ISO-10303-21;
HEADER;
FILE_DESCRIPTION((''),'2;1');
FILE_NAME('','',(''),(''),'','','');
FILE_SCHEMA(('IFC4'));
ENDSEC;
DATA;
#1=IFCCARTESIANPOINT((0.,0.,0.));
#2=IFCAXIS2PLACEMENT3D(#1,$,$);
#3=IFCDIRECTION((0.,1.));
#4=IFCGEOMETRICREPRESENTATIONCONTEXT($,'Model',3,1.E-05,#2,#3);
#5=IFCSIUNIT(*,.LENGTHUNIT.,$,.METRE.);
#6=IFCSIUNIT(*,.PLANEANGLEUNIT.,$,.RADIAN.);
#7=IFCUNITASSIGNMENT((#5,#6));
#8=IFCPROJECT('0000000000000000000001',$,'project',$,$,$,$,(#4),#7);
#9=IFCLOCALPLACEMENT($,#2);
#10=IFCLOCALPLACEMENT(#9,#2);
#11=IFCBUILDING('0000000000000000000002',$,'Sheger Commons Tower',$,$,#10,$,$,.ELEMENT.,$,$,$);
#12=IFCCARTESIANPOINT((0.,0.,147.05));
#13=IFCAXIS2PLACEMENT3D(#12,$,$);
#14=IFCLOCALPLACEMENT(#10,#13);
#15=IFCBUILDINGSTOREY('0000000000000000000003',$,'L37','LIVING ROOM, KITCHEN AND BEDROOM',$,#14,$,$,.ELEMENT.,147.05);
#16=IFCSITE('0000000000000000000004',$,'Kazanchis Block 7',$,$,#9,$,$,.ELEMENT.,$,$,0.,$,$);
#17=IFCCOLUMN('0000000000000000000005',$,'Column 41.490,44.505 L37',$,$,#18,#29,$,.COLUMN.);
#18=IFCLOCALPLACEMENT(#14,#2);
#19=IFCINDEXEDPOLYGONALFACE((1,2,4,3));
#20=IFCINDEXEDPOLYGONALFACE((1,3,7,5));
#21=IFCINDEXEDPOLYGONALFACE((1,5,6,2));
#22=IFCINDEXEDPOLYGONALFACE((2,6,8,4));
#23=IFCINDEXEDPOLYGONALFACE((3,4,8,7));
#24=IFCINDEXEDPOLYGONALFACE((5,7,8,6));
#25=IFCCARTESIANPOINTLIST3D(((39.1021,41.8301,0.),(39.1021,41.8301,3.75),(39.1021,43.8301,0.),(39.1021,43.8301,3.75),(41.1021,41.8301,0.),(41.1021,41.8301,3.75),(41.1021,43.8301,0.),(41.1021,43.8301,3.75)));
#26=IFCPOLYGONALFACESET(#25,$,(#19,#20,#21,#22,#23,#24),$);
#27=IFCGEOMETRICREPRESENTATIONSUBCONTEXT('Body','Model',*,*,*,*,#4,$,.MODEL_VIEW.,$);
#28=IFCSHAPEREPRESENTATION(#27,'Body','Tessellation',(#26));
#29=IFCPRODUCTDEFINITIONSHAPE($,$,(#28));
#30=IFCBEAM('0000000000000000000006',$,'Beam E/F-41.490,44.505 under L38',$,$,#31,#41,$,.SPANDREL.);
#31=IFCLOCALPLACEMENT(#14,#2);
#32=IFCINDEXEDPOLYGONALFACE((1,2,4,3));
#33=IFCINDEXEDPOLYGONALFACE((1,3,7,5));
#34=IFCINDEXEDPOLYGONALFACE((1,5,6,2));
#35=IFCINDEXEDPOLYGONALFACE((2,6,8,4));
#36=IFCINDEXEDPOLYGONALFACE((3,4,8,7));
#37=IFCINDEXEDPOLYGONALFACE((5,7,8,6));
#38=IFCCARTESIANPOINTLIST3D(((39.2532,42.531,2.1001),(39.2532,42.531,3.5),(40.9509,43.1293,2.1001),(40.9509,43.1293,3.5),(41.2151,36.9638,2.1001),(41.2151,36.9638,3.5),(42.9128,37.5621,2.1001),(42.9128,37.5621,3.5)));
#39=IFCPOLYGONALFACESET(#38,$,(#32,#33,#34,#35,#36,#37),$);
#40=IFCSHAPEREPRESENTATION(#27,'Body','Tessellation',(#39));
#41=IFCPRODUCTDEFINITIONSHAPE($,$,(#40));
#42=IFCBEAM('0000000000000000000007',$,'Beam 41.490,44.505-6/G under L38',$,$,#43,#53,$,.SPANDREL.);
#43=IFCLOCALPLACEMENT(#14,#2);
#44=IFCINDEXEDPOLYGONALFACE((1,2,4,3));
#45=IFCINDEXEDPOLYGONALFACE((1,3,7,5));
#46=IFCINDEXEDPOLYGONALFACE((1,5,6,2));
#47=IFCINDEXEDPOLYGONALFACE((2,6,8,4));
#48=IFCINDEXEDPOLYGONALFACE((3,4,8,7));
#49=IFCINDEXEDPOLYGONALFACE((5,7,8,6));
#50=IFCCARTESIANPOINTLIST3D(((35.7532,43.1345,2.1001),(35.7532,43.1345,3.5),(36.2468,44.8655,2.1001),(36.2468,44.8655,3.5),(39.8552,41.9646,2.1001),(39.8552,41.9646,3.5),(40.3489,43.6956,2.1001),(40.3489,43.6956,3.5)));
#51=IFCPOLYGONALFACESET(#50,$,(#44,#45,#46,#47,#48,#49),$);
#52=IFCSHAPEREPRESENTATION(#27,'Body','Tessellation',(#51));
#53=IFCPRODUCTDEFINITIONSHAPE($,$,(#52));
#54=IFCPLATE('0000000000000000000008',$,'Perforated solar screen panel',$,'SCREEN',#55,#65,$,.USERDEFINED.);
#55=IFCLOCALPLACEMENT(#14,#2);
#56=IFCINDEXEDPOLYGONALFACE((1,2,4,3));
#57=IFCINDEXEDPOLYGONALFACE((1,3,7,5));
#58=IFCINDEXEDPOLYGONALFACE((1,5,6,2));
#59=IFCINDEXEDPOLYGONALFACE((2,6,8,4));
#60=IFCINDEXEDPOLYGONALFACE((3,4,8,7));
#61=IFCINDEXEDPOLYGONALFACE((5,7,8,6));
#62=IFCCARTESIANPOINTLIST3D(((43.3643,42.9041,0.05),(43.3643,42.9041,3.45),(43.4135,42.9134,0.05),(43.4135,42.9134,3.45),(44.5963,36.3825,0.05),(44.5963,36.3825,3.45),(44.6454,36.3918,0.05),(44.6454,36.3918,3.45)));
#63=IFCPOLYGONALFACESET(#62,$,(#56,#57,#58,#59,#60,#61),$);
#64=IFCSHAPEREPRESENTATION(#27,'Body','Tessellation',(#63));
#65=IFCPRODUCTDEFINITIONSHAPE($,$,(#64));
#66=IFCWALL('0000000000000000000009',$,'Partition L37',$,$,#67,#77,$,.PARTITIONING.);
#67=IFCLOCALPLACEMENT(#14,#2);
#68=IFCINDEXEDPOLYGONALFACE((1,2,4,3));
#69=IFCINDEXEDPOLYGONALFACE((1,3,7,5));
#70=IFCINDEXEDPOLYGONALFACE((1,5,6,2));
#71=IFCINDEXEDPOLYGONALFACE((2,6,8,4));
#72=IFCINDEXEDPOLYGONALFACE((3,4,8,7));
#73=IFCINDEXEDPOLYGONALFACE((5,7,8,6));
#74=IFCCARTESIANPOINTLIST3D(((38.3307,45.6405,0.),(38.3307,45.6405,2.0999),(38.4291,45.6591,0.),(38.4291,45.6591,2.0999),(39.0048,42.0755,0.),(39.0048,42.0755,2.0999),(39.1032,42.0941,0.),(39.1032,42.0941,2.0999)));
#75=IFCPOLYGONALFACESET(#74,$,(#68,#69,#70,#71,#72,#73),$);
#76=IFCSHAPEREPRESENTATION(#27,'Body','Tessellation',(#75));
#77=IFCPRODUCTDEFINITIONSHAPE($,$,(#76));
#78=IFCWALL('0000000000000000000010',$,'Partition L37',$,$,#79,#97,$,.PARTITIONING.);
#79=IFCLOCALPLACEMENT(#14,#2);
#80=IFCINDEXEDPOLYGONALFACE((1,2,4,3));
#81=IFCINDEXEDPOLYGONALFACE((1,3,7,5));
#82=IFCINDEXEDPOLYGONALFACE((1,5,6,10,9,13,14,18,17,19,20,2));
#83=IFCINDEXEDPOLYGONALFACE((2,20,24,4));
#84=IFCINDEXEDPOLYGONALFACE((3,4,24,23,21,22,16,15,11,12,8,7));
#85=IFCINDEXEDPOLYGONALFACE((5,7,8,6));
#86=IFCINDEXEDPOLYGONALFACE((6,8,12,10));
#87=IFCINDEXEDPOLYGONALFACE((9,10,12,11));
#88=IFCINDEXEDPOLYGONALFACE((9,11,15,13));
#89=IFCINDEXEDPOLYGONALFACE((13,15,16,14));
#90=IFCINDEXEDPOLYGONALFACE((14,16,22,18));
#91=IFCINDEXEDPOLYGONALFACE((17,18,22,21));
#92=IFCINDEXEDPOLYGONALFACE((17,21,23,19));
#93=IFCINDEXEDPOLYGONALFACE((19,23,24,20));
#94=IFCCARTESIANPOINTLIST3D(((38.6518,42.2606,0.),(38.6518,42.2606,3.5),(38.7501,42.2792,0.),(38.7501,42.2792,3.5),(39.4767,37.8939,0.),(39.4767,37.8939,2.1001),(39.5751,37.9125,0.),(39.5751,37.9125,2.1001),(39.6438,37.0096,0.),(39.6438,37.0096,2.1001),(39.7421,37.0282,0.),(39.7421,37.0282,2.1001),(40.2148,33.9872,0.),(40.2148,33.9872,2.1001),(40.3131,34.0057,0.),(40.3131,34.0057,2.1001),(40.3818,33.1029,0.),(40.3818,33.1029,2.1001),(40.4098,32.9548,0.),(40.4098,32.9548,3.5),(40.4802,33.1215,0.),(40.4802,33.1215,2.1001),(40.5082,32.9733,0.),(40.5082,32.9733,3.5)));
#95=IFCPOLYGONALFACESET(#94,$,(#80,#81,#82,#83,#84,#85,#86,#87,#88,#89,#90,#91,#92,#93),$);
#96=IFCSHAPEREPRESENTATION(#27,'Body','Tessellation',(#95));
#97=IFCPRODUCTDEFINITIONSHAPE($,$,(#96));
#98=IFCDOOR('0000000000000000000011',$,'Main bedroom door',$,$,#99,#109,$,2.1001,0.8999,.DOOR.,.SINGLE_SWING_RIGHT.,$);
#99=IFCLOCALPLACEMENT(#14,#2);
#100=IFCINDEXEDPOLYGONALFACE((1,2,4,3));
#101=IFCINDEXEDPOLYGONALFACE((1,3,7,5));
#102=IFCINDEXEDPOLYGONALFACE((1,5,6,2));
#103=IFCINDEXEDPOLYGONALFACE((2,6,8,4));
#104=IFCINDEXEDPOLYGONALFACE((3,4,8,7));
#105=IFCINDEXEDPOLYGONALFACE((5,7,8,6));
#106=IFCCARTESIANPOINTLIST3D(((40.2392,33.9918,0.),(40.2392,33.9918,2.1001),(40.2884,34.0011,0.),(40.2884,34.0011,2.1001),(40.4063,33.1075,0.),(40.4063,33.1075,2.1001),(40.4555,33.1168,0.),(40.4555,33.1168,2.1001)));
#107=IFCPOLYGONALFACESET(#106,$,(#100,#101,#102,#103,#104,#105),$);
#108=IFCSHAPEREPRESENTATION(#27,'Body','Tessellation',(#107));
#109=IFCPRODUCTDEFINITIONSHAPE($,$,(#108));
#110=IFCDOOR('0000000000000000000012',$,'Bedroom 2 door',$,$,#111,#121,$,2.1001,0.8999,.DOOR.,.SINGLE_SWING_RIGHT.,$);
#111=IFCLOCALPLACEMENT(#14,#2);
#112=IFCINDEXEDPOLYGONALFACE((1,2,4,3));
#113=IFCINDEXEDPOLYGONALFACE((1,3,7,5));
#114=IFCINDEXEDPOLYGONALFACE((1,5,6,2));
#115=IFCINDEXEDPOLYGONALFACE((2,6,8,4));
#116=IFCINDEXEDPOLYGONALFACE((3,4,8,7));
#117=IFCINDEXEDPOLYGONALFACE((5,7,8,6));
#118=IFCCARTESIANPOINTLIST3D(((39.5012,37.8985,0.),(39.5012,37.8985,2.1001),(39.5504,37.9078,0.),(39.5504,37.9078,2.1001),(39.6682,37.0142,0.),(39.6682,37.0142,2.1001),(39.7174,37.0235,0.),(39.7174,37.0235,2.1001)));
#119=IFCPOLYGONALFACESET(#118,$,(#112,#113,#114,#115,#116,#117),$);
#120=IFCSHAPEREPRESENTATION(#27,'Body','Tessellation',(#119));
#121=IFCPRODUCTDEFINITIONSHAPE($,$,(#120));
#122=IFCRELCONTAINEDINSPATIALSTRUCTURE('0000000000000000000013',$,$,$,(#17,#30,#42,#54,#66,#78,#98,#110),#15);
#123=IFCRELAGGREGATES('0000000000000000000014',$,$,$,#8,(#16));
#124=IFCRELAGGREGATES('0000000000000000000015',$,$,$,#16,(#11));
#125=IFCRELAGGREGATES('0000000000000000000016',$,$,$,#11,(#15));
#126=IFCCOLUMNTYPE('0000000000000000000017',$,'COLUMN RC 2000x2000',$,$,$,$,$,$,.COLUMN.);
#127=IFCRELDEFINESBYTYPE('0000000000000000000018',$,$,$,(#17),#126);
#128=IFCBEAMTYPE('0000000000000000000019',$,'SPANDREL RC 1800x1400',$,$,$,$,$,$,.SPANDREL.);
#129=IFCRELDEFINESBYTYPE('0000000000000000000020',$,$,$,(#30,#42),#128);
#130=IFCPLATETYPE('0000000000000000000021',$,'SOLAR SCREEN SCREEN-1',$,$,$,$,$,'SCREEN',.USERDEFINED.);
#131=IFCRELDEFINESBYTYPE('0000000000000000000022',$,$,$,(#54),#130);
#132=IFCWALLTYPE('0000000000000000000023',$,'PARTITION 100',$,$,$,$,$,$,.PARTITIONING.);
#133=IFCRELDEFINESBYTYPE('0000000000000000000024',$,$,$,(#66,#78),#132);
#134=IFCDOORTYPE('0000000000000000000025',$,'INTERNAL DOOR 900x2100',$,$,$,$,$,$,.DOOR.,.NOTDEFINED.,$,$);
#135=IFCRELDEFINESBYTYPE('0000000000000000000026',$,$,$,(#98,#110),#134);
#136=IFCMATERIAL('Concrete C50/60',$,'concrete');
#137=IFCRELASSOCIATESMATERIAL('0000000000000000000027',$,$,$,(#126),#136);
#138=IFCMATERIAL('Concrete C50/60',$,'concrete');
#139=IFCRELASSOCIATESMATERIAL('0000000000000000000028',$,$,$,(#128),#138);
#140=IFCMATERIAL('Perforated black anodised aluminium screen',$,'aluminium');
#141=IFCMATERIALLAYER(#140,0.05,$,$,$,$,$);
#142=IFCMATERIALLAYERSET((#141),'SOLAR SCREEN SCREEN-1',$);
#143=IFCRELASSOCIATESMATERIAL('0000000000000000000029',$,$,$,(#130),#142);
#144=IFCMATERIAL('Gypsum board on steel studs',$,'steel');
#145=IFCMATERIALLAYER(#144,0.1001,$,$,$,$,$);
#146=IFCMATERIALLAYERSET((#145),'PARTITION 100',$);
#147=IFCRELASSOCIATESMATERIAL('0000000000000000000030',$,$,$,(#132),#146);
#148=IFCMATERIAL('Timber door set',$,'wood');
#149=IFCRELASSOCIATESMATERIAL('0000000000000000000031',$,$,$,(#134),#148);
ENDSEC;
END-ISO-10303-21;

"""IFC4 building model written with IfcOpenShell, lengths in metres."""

from ifc_helpers import new_model, si_unit, direction, frame, frame_2d, origin, origin_2d, place, context, subcontext, project, spatial, rectangle, extrude, material, layer, layer_set, material_profile, profile_set, type_object, element, fill, save


model = new_model("IFC4")

# Units and contexts
model_context = context("Model", 3, precision=1e-05, world=origin(), true_north=direction((0.0, 1.0)))
body_context = subcontext(model_context, "Body", "Model", "MODEL_VIEW")
ifc_project = project(units=[si_unit("LENGTHUNIT", "METRE"), si_unit("PLANEANGLEUNIT", "RADIAN")], contexts=[model_context])

# Site, building, storey
site_placement = place(None, origin())
site = spatial("IfcSite", under=ifc_project, at=site_placement, Name="Kazanchis Block 7", CompositionType="ELEMENT", RefElevation=0.0)
building_placement = place(site_placement, origin())
building = spatial("IfcBuilding", under=site, at=building_placement, Name="Sheger Commons Tower", CompositionType="ELEMENT")
storey_placement = place(building_placement, frame((0.0, 0.0, 147.05)))
storey = spatial("IfcBuildingStorey", under=building, at=storey_placement, Name="L37", Description="LIVING ROOM, KITCHEN AND BEDROOM", CompositionType="ELEMENT", Elevation=147.05)

# Column
ifc_material_1 = material(Name="Concrete C50/60", Category="concrete")
ifc_material_profile_1 = material_profile(ifc_material_1, rectangle(XDim=2.0, YDim=2.0, at=origin_2d()), Name="RC 2000x2000")
ifc_profile_set_1 = profile_set([ifc_material_profile_1], Name="Concrete C50/60")
column_type = type_object("IfcColumnType", Name="COLUMN RC 2000x2000", PredefinedType="COLUMN", material=ifc_profile_set_1)
column_placement = place(storey_placement, frame((40.1021, 42.8301, 0.0), z_axis=(0.0, 0.0, 1.0), x_axis=(1.0, 0.0, 0.0)))
element("IfcColumn", 1, at=column_placement, inside=storey, type_object=column_type, Name="Column 41.490,44.505 L37", PredefinedType="COLUMN", context=body_context, shape_type="SweptSolid", body=[
    extrude(rectangle(XDim=2.0, YDim=2.0, at=origin_2d()), origin(), (0.0, 0.0, 1.0), 3.75),
])

# Beams
ifc_material_2 = material(Name="Concrete C50/60", Category="concrete")
ifc_material_profile_2 = material_profile(ifc_material_2, rectangle(XDim=1.8, YDim=1.3999, at=origin_2d()), Name="RC 1800x1400")
ifc_profile_set_2 = profile_set([ifc_material_profile_2], Name="Concrete C50/60")
beam_type = type_object("IfcBeamType", Name="SPANDREL RC 1800x1400", PredefinedType="SPANDREL", material=ifc_profile_set_2)
beam_1_placement = place(storey_placement, frame((42.064, 37.2629, 2.8), z_axis=(-0.332374, 0.943148, 0.0), x_axis=(-0.943148, -0.332374, 0.0)))
element("IfcBeam", 2, at=beam_1_placement, inside=storey, type_object=beam_type, Name="Beam E/F-41.490,44.505 under L38", PredefinedType="SPANDREL", context=body_context, shape_type="SweptSolid", body=[
    extrude(rectangle(XDim=1.8, YDim=1.3999, at=origin_2d()), origin(), (0.0, 0.0, 1.0), 5.9028),
])
beam_2_placement = place(storey_placement, frame((40.1021, 42.8301, 2.8), z_axis=(-0.961653, 0.274268, 0.0), x_axis=(-0.274268, -0.961653, 0.0)))
element("IfcBeam", 3, at=beam_2_placement, inside=storey, type_object=beam_type, Name="Beam 41.490,44.505-6/G under L38", PredefinedType="SPANDREL", context=body_context, shape_type="SweptSolid", body=[
    extrude(rectangle(XDim=1.8, YDim=1.3999, at=origin_2d()), origin(), (0.0, 0.0, 1.0), 4.2656),
])

# Plate
ifc_material_3 = material(Name="Perforated black anodised aluminium screen", Category="aluminium")
ifc_layer_1 = layer(ifc_material_3, 0.05)
ifc_layer_set_1 = layer_set([ifc_layer_1], Name="SOLAR SCREEN SCREEN-1")
plate_type = type_object("IfcPlateType", Name="SOLAR SCREEN SCREEN-1", ElementType="SCREEN", PredefinedType="USERDEFINED", material=ifc_layer_set_1)
plate_placement = place(storey_placement, frame((44.0049, 39.6479, 0.05), z_axis=(0.0, 0.0, 1.0), x_axis=(-0.185615, 0.982623, 0.0)))
element("IfcPlate", 4, at=plate_placement, inside=storey, type_object=plate_type, Name="Perforated solar screen panel", ObjectType="SCREEN", PredefinedType="USERDEFINED", context=body_context, shape_type="SweptSolid", body=[
    extrude(rectangle(XDim=6.637, YDim=0.05, at=origin_2d()), origin(), (0.0, 0.0, 1.0), 3.3999),
])

# Wall
ifc_material_4 = material(Name="Gypsum board on steel studs", Category="steel")
ifc_layer_2 = layer(ifc_material_4, 0.1001)
ifc_layer_set_2 = layer_set([ifc_layer_2], Name="PARTITION 100")
wall_type = type_object("IfcWallType", Name="PARTITION 100", PredefinedType="PARTITIONING", material=ifc_layer_set_2)
wall_1_placement = place(storey_placement, frame((39.054, 42.085, 0.0), z_axis=(0.0, 0.0, 1.0), x_axis=(-0.185792, 0.982589, 0.0)))
element("IfcWall", 5, at=wall_1_placement, inside=storey, type_object=wall_type, Name="Partition L37", PredefinedType="PARTITIONING", context=body_context, shape_type="SweptSolid", body=[
    extrude(rectangle(XDim=3.6282, YDim=0.1001, at=frame_2d((1.814, 0.0))), origin(), (0.0, 0.0, 1.0), 2.0999),
])

# Wall, openings, doors
wall_2_placement = place(storey_placement, frame((38.7009, 42.27, 0.0), z_axis=(0.0, 0.0, 1.0), x_axis=(0.185635, -0.982619, 0.0)))
wall_2 = element("IfcWall", 6, at=wall_2_placement, inside=storey, type_object=wall_type, Name="Partition L37", PredefinedType="PARTITIONING", context=body_context, shape_type="SweptSolid", body=[
    extrude(rectangle(XDim=9.4705, YDim=0.1001, at=frame_2d((4.7354, 0.0))), origin(), (0.0, 0.0, 1.0), 3.5),
])
opening_1_placement = place(wall_2_placement, frame((8.4199, 0.0, 0.0)))
opening_1 = element("IfcOpeningElement", 7, at=opening_1_placement, cuts=wall_2, PredefinedType="OPENING", context=body_context, shape_type="SweptSolid", body=[
    extrude(rectangle(XDim=0.8999, YDim=2.1001, at=frame_2d((0.45, 1.05))), frame((0.0, 0.0601, 0.0), z_axis=(0.0, -1.0, 0.0), x_axis=(1.0, 0.0, 0.0)), (0.0, 0.0, 1.0), 0.1201),
])
opening_2_placement = place(wall_2_placement, frame((4.4441, 0.0, 0.0)))
opening_2 = element("IfcOpeningElement", 8, at=opening_2_placement, cuts=wall_2, PredefinedType="OPENING", context=body_context, shape_type="SweptSolid", body=[
    extrude(rectangle(XDim=0.8999, YDim=2.1001, at=frame_2d((0.45, 1.05))), frame((0.0, 0.0601, 0.0), z_axis=(0.0, -1.0, 0.0), x_axis=(1.0, 0.0, 0.0)), (0.0, 0.0, 1.0), 0.1201),
])
ifc_material_5 = material(Name="Timber door set", Category="wood")
door_type = type_object("IfcDoorType", Name="INTERNAL DOOR 900x2100", OperationType="NOTDEFINED", PredefinedType="DOOR", material=ifc_material_5)
door_1_placement = place(opening_1_placement, origin())
door_1 = element("IfcDoor", 9, at=door_1_placement, inside=storey, type_object=door_type, Name="Main bedroom door", OperationType="SINGLE_SWING_RIGHT", OverallHeight=2.1001, OverallWidth=0.8999, PredefinedType="DOOR", context=body_context, shape_type="SweptSolid", body=[
    extrude(rectangle(XDim=0.8999, YDim=2.1001, at=frame_2d((0.45, 1.05))), frame((0.0, 0.0249, 0.0), z_axis=(0.0, -1.0, 0.0), x_axis=(1.0, 0.0, 0.0)), (0.0, 0.0, 1.0), 0.05),
])
fill(opening_1, door_1)
door_2_placement = place(opening_2_placement, origin())
door_2 = element("IfcDoor", 10, at=door_2_placement, inside=storey, type_object=door_type, Name="Bedroom 2 door", OperationType="SINGLE_SWING_RIGHT", OverallHeight=2.1001, OverallWidth=0.8999, PredefinedType="DOOR", context=body_context, shape_type="SweptSolid", body=[
    extrude(rectangle(XDim=0.8999, YDim=2.1001, at=frame_2d((0.45, 1.05))), frame((0.0, 0.0249, 0.0), z_axis=(0.0, -1.0, 0.0), x_axis=(1.0, 0.0, 0.0)), (0.0, 0.0, 1.0), 0.05),
])
fill(opening_2, door_2)

save(model, "model.ifc")
